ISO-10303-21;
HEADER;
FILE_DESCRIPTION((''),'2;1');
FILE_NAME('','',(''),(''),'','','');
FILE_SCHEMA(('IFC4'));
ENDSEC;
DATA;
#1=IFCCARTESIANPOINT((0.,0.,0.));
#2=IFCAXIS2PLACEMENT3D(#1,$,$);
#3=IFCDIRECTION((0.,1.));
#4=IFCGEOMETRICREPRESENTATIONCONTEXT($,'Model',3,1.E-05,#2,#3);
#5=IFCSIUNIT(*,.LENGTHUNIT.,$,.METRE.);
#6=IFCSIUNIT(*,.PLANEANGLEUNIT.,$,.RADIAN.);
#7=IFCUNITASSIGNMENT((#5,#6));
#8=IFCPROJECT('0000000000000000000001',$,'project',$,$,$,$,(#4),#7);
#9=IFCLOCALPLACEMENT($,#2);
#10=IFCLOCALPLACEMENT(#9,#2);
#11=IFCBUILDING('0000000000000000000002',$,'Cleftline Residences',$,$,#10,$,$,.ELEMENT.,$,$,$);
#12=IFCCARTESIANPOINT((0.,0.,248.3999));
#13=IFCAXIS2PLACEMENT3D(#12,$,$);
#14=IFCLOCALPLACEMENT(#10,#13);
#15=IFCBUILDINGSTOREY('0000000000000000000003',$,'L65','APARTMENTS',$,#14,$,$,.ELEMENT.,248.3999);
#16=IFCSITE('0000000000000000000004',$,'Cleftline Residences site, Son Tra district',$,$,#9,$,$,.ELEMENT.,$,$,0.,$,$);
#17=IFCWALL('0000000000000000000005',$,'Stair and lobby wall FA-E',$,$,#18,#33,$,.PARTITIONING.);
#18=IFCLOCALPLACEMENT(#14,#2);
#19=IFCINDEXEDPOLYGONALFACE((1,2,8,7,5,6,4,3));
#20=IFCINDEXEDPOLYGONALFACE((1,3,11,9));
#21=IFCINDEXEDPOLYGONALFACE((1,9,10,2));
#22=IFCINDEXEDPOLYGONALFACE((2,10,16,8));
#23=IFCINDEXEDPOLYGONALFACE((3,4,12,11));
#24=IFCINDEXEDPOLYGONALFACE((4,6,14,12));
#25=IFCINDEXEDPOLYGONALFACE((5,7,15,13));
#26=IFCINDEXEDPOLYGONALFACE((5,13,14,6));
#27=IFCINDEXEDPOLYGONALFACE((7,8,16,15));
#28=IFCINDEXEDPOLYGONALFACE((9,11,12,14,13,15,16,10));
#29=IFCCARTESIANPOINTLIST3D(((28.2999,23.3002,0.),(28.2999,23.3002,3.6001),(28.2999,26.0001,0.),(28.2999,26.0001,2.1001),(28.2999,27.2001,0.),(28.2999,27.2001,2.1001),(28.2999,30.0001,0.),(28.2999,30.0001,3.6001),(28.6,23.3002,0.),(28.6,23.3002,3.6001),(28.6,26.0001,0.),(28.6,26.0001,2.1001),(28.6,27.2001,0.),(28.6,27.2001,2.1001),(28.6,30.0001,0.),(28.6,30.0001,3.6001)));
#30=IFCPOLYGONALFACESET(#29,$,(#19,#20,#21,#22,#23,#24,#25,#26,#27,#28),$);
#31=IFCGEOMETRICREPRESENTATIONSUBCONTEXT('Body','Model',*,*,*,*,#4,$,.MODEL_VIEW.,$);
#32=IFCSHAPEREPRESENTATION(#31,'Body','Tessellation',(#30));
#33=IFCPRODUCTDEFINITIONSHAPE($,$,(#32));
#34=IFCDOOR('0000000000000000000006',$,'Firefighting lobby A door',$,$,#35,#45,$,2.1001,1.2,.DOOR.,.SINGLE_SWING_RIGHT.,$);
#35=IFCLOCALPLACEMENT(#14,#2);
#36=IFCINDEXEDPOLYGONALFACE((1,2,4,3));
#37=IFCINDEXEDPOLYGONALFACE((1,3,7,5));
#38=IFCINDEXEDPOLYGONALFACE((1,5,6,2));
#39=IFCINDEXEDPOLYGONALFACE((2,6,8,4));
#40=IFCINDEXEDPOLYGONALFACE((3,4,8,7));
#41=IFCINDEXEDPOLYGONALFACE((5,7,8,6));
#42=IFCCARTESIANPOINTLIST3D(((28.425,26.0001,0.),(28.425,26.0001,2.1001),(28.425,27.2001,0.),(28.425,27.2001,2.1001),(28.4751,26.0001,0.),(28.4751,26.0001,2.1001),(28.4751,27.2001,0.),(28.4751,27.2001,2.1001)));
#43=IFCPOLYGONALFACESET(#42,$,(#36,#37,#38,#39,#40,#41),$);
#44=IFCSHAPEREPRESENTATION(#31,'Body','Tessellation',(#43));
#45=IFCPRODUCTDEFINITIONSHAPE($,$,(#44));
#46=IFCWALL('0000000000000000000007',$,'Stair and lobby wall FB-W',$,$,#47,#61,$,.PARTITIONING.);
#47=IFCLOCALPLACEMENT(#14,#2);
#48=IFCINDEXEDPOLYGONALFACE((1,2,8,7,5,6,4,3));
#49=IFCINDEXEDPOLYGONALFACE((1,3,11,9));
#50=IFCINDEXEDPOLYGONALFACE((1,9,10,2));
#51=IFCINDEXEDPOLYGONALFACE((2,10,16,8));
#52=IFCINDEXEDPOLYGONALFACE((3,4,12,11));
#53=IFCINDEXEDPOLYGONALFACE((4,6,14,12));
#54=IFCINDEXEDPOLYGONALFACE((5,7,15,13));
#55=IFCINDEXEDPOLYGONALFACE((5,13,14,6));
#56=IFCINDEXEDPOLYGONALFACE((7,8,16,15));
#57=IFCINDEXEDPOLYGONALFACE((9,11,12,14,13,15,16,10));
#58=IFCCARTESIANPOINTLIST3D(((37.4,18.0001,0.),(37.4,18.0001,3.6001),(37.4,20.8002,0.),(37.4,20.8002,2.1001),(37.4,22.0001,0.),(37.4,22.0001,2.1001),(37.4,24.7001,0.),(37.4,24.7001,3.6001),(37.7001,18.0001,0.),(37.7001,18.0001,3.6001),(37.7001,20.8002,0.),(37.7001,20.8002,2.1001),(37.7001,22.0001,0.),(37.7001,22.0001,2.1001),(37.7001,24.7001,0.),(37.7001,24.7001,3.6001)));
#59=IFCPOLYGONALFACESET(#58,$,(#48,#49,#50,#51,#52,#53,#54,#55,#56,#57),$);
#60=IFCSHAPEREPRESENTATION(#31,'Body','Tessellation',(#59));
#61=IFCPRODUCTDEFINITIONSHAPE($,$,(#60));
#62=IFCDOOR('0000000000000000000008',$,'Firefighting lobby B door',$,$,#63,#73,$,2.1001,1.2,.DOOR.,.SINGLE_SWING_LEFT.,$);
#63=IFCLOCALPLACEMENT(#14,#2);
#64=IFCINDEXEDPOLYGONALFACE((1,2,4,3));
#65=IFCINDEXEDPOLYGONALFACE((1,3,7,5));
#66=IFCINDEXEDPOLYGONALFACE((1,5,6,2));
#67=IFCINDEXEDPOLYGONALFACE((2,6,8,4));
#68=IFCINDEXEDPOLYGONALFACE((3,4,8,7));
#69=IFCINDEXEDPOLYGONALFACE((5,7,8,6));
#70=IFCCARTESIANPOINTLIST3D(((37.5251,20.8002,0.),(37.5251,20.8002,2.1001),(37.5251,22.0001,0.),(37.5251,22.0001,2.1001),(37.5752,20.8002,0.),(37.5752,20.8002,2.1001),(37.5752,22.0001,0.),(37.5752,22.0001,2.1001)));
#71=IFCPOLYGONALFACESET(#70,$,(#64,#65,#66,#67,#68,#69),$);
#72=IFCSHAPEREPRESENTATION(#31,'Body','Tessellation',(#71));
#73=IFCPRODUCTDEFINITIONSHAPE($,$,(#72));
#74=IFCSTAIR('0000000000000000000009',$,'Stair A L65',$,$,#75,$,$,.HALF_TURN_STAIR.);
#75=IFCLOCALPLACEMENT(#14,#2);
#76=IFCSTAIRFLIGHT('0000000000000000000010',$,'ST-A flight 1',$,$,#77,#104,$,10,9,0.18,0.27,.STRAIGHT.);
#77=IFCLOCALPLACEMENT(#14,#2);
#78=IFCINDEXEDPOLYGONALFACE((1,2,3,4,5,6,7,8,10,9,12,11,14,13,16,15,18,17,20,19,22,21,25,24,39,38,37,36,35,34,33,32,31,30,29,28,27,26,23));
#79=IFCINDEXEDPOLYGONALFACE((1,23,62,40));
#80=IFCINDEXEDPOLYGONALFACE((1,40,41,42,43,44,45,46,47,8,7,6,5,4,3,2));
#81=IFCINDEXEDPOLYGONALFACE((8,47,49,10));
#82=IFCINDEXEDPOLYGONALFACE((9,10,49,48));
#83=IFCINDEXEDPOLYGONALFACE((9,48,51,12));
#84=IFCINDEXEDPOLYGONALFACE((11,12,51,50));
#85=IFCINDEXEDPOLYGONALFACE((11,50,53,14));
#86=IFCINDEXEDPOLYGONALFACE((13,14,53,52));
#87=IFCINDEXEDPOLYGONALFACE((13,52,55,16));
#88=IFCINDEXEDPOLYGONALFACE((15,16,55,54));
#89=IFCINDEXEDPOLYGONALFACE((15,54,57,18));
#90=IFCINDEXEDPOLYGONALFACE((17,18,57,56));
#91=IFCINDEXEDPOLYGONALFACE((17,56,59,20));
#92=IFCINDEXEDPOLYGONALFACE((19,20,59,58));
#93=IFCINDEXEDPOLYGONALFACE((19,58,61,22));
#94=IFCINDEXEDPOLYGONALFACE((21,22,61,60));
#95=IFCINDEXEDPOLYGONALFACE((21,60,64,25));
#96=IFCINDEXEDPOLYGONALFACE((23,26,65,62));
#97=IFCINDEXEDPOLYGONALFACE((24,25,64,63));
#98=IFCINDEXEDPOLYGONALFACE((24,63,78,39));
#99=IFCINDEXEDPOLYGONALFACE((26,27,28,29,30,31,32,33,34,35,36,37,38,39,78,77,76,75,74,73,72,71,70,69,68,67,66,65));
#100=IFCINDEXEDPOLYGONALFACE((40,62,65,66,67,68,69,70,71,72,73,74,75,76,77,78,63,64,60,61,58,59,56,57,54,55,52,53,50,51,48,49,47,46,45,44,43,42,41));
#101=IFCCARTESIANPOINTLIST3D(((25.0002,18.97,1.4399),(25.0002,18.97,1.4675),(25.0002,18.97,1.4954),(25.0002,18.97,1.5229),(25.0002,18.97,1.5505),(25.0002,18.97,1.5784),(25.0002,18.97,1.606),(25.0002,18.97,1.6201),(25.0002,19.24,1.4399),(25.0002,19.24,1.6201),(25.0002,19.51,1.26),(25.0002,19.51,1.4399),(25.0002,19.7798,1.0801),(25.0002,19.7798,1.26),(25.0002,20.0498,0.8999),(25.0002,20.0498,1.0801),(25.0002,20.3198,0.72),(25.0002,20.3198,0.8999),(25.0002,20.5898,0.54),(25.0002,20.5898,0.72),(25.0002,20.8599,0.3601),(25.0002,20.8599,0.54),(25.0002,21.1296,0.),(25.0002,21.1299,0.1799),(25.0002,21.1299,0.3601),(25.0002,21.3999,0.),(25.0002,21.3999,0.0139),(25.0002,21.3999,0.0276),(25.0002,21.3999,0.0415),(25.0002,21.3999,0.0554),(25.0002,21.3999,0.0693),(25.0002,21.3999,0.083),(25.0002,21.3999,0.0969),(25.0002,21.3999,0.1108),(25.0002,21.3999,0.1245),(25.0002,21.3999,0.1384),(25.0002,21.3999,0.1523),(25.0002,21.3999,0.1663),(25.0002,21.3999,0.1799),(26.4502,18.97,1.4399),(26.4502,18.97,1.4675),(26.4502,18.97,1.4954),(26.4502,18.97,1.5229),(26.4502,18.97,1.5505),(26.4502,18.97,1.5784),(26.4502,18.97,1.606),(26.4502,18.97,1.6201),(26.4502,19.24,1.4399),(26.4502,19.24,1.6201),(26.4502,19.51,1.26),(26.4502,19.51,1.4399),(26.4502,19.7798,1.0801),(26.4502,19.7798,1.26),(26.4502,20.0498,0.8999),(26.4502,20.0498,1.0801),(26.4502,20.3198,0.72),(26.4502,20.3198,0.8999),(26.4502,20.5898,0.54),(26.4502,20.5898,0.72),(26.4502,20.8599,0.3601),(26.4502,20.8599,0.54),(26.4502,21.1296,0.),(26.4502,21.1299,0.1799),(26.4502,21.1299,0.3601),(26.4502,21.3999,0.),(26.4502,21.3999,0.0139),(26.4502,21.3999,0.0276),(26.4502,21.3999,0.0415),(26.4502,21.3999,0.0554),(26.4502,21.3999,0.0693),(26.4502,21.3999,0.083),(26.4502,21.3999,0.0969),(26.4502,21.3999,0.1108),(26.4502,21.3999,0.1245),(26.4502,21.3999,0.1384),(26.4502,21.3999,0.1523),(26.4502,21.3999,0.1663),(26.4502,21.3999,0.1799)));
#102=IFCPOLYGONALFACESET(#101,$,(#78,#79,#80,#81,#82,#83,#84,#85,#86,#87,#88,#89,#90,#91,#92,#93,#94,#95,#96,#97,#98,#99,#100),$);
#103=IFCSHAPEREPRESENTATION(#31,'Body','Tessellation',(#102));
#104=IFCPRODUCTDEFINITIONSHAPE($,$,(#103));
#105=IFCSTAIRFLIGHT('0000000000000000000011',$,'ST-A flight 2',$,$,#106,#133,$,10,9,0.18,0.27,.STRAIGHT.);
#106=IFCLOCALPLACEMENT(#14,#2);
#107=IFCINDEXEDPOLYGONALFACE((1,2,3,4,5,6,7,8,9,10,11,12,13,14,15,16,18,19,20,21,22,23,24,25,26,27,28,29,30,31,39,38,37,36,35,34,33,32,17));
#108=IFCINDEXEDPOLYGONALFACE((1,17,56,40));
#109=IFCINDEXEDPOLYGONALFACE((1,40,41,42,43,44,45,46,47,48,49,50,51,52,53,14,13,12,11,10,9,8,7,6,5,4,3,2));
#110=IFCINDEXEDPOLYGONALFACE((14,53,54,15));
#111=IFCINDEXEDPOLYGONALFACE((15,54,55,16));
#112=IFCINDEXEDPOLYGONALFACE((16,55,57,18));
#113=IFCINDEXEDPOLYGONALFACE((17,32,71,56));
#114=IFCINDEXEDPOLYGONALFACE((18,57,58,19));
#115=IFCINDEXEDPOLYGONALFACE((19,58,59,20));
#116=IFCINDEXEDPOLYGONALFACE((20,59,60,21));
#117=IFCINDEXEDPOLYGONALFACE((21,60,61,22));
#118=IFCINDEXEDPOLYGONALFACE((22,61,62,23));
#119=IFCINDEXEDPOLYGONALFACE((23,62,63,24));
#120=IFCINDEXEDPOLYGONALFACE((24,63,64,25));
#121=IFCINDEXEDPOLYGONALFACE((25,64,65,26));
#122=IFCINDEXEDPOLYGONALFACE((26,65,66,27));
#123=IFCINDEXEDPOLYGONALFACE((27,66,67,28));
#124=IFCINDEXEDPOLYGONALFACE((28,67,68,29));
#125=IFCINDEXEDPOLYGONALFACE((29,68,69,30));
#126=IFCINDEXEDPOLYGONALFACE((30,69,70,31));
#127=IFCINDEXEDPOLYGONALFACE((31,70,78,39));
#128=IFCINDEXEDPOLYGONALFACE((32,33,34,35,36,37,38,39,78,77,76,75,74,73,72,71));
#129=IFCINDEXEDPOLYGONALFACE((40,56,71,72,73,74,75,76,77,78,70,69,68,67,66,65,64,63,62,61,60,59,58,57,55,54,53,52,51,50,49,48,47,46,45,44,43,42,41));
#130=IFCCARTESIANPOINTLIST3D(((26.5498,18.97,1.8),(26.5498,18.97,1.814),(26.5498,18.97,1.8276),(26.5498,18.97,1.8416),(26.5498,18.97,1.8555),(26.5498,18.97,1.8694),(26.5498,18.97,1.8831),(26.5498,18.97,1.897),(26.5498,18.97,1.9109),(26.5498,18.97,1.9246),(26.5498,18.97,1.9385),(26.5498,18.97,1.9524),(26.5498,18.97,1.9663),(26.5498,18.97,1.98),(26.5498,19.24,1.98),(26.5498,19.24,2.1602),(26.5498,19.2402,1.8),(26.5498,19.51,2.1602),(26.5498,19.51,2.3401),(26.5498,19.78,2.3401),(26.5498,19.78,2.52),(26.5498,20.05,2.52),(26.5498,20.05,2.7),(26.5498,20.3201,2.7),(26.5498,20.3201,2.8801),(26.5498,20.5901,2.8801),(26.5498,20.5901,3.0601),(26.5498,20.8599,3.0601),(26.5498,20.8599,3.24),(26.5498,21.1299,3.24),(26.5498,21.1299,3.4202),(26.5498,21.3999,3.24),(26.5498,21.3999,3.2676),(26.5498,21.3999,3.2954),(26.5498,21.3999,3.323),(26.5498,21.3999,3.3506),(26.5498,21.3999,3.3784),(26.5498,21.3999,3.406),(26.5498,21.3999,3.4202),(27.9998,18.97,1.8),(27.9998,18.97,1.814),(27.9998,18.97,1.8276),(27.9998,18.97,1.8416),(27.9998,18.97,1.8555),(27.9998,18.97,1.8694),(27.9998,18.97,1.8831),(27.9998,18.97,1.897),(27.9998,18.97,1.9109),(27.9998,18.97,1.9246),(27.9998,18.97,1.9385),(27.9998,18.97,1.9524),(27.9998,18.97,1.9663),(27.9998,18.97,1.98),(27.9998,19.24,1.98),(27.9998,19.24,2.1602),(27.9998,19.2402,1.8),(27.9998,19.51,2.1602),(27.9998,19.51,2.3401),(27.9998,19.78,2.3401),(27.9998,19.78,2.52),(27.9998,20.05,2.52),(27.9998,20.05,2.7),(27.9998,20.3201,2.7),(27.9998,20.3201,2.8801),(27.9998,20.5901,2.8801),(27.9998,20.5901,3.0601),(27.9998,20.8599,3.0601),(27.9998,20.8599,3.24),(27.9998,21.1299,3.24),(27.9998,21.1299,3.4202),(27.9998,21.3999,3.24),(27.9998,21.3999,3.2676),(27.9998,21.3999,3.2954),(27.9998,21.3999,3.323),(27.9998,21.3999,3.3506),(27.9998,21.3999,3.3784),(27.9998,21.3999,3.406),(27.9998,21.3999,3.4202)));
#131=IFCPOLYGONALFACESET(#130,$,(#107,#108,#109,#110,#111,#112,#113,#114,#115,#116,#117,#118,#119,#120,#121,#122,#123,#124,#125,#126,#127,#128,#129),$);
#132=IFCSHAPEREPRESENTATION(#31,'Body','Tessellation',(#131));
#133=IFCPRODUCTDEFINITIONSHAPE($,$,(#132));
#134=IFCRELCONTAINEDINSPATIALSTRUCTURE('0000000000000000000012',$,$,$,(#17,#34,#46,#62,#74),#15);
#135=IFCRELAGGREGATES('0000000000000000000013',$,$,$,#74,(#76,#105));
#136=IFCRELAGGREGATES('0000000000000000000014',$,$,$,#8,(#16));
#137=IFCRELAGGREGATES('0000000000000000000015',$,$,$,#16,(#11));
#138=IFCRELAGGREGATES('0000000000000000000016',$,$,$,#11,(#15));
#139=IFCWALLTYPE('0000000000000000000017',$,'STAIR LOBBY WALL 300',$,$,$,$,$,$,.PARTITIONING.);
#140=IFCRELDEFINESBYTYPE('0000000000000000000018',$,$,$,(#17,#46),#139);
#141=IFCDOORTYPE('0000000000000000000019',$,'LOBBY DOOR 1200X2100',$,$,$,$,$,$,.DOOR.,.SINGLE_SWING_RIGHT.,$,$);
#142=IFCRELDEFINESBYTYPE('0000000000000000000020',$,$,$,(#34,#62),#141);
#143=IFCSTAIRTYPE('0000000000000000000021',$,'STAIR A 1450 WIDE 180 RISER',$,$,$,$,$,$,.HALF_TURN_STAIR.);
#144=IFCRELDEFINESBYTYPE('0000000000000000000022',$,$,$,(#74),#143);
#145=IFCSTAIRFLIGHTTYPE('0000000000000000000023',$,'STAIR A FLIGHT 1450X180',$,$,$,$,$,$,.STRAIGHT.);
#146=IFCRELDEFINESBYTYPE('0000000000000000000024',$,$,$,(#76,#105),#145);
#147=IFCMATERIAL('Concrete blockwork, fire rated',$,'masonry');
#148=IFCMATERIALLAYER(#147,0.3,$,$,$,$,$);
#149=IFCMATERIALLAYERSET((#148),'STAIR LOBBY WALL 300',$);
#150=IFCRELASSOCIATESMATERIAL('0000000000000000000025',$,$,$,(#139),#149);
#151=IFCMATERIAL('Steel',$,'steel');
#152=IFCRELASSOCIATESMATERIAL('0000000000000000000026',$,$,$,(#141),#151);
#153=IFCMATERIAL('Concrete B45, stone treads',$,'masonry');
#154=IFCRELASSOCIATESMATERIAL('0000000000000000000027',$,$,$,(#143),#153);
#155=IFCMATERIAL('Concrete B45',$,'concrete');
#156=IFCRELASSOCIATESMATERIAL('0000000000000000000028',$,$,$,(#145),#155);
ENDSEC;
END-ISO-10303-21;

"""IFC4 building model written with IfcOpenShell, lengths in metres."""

from ifc_helpers import new_model, si_unit, direction, frame, frame_2d, origin, place, context, subcontext, project, spatial, polyline, rectangle, outline, extrude, material, layer, layer_set, type_object, element, fill, aggregate, save


model = new_model("IFC4")

# Units and contexts
model_context = context("Model", 3, precision=1e-05, world=origin(), true_north=direction((0.0, 1.0)))
body_context = subcontext(model_context, "Body", "Model", "MODEL_VIEW")
ifc_project = project(units=[si_unit("LENGTHUNIT", "METRE"), si_unit("PLANEANGLEUNIT", "RADIAN")], contexts=[model_context])

# Site, building, storey
site_placement = place(None, origin())
site = spatial("IfcSite", under=ifc_project, at=site_placement, Name="Cleftline Residences site, Son Tra district", CompositionType="ELEMENT", RefElevation=0.0)
building_placement = place(site_placement, origin())
building = spatial("IfcBuilding", under=site, at=building_placement, Name="Cleftline Residences", CompositionType="ELEMENT")
storey_placement = place(building_placement, frame((0.0, 0.0, 248.3999)))
storey = spatial("IfcBuildingStorey", under=building, at=storey_placement, Name="L65", Description="APARTMENTS", CompositionType="ELEMENT", Elevation=248.3999)

# Walls, openings, doors
ifc_material_1 = material(Name="Concrete blockwork, fire rated", Category="masonry")
ifc_layer_1 = layer(ifc_material_1, 0.3)
ifc_layer_set_1 = layer_set([ifc_layer_1], Name="STAIR LOBBY WALL 300")
wall_type_1 = type_object("IfcWallType", Name="STAIR LOBBY WALL 300", PredefinedType="PARTITIONING", material=ifc_layer_set_1)
wall_1_placement = place(storey_placement, frame((28.45, 23.3, 0.0), z_axis=(0.0, 0.0, 1.0), x_axis=(0.0, 1.0, 0.0)))
wall_1 = element("IfcWall", 1, at=wall_1_placement, inside=storey, type_object=wall_type_1, Name="Stair and lobby wall FA-E", PredefinedType="PARTITIONING", context=body_context, shape_type="SweptSolid", body=[
    extrude(rectangle(XDim=6.7, YDim=0.3, at=frame_2d((3.3501, 0.0))), origin(), (0.0, 0.0, 1.0), 3.6001),
])
opening_1_placement = place(wall_1_placement, frame((2.7, 0.0, 0.0)))
opening_1 = element("IfcOpeningElement", 2, at=opening_1_placement, cuts=wall_1, PredefinedType="OPENING", context=body_context, shape_type="SweptSolid", body=[
    extrude(rectangle(XDim=1.2, YDim=2.1001, at=frame_2d((0.6001, 1.05))), frame((0.0, 0.1599, 0.0), z_axis=(0.0, -1.0, 0.0), x_axis=(1.0, 0.0, 0.0)), (0.0, 0.0, 1.0), 0.3201),
])
ifc_material_2 = material(Name="Steel", Category="steel")
door_type_1 = type_object("IfcDoorType", Name="LOBBY DOOR 1200X2100", OperationType="SINGLE_SWING_RIGHT", PredefinedType="DOOR", material=ifc_material_2)
door_1_placement = place(opening_1_placement, origin())
door_1 = element("IfcDoor", 3, at=door_1_placement, inside=storey, type_object=door_type_1, Name="Firefighting lobby A door", OperationType="SINGLE_SWING_RIGHT", OverallHeight=2.1001, OverallWidth=1.2, PredefinedType="DOOR", context=body_context, shape_type="SweptSolid", body=[
    extrude(rectangle(XDim=1.2, YDim=2.1001, at=frame_2d((0.6001, 1.05))), frame((0.0, 0.0249, 0.0), z_axis=(0.0, -1.0, 0.0), x_axis=(1.0, 0.0, 0.0)), (0.0, 0.0, 1.0), 0.05),
])
fill(opening_1, door_1)
wall_2_placement = place(storey_placement, frame((37.55, 18.0, 0.0), z_axis=(0.0, 0.0, 1.0), x_axis=(0.0, 1.0, 0.0)))
wall_2 = element("IfcWall", 4, at=wall_2_placement, inside=storey, type_object=wall_type_1, Name="Stair and lobby wall FB-W", PredefinedType="PARTITIONING", context=body_context, shape_type="SweptSolid", body=[
    extrude(rectangle(XDim=6.7, YDim=0.3, at=frame_2d((3.3501, 0.0))), origin(), (0.0, 0.0, 1.0), 3.6001),
])
opening_2_placement = place(wall_2_placement, frame((2.8, 0.0, 0.0)))
opening_2 = element("IfcOpeningElement", 5, at=opening_2_placement, cuts=wall_2, PredefinedType="OPENING", context=body_context, shape_type="SweptSolid", body=[
    extrude(rectangle(XDim=1.2, YDim=2.1001, at=frame_2d((0.6001, 1.05))), frame((0.0, 0.1599, 0.0), z_axis=(0.0, -1.0, 0.0), x_axis=(1.0, 0.0, 0.0)), (0.0, 0.0, 1.0), 0.3201),
])
door_2_placement = place(opening_2_placement, origin())
door_2 = element("IfcDoor", 6, at=door_2_placement, inside=storey, type_object=door_type_1, Name="Firefighting lobby B door", OperationType="SINGLE_SWING_LEFT", OverallHeight=2.1001, OverallWidth=1.2, PredefinedType="DOOR", context=body_context, shape_type="SweptSolid", body=[
    extrude(rectangle(XDim=1.2, YDim=2.1001, at=frame_2d((0.6001, 1.05))), frame((0.0, 0.0249, 0.0), z_axis=(0.0, -1.0, 0.0), x_axis=(1.0, 0.0, 0.0)), (0.0, 0.0, 1.0), 0.05),
])
fill(opening_2, door_2)

# Stair, stair flights
ifc_material_3 = material(Name="Concrete B45, stone treads", Category="masonry")
stair_type = type_object("IfcStairType", Name="STAIR A 1450 WIDE 180 RISER", PredefinedType="HALF_TURN_STAIR", material=ifc_material_3)
stair_placement = place(storey_placement, origin())
stair = element("IfcStair", 7, at=stair_placement, inside=storey, type_object=stair_type, Name="Stair A L65", PredefinedType="HALF_TURN_STAIR")
ifc_material_4 = material(Name="Concrete B45", Category="concrete")
stair_flight_type = type_object("IfcStairFlightType", Name="STAIR A FLIGHT 1450X180", PredefinedType="STRAIGHT", material=ifc_material_4)
stair_flight_1_placement = place(storey_placement, frame((25.7251, 21.3999, 0.0), z_axis=(0.0, 0.0, 1.0), x_axis=(0.0, -1.0, 0.0)))
stair_flight_1 = element("IfcStairFlight", 8, at=stair_flight_1_placement, type_object=stair_flight_type, Name="ST-A flight 1", NumberOfRisers=10, NumberOfTreads=9, PredefinedType="STRAIGHT", RiserHeight=0.18, TreadLength=0.27, context=body_context, shape_type="SweptSolid", body=[
    extrude(outline(polyline([(0.0, 0.0), (0.0, 0.0139), (0.0, 0.0276), (0.0, 0.0415), (0.0, 0.0554), (0.0, 0.0693), (0.0, 0.083), (0.0, 0.0969), (0.0, 0.1108), (0.0, 0.1245), (0.0, 0.1384), (0.0, 0.1523), (0.0, 0.1663), (0.0, 0.1799), (0.27, 0.1799), (0.27, 0.3601), (0.54, 0.3601), (0.54, 0.54), (0.8101, 0.54), (0.8101, 0.72), (1.0801, 0.72), (1.0801, 0.8999), (1.3501, 0.8999), (1.3501, 1.0801), (1.6201, 1.0801), (1.6201, 1.26), (1.8899, 1.26), (1.8899, 1.4399), (2.1599, 1.4399), (2.1599, 1.6201), (2.4299, 1.6201), (2.4299, 1.8), (2.4299, 1.7722), (2.4299, 1.7446), (2.4299, 1.7168), (2.4299, 1.6892), (2.4299, 1.6614), (2.4299, 1.6338), (2.4299, 1.606), (2.4299, 1.5784), (2.4299, 1.5505), (2.4299, 1.5229), (2.4299, 1.4954), (2.4299, 1.4675), (2.4299, 1.4399), (0.2703, 0.0), (0.0, 0.0)])), frame((0.0, 0.7251, 0.0), z_axis=(0.0, -1.0, 0.0), x_axis=(1.0, 0.0, 0.0)), (0.0, 0.0, 1.0), 1.45),
])
stair_flight_2_placement = place(storey_placement, frame((27.2749, 18.97, 1.8), z_axis=(0.0, 0.0, 1.0), x_axis=(0.0, 1.0, 0.0)))
stair_flight_2 = element("IfcStairFlight", 9, at=stair_flight_2_placement, type_object=stair_flight_type, Name="ST-A flight 2", NumberOfRisers=10, NumberOfTreads=9, PredefinedType="STRAIGHT", RiserHeight=0.18, TreadLength=0.27, context=body_context, shape_type="SweptSolid", body=[
    extrude(outline(polyline([(0.0, 0.0), (0.0, 0.0139), (0.0, 0.0276), (0.0, 0.0415), (0.0, 0.0554), (0.0, 0.0693), (0.0, 0.083), (0.0, 0.0969), (0.0, 0.1108), (0.0, 0.1245), (0.0, 0.1384), (0.0, 0.1523), (0.0, 0.1663), (0.0, 0.1799), (0.27, 0.1799), (0.27, 0.3601), (0.54, 0.3601), (0.54, 0.54), (0.8101, 0.54), (0.8101, 0.72), (1.0801, 0.72), (1.0801, 0.8999), (1.3501, 0.8999), (1.3501, 1.0801), (1.6201, 1.0801), (1.6201, 1.26), (1.8899, 1.26), (1.8899, 1.4399), (2.1599, 1.4399), (2.1599, 1.6201), (2.4299, 1.6201), (2.4299, 1.8), (2.4299, 1.7722), (2.4299, 1.7446), (2.4299, 1.7168), (2.4299, 1.6892), (2.4299, 1.6614), (2.4299, 1.6338), (2.4299, 1.606), (2.4299, 1.5784), (2.4299, 1.5505), (2.4299, 1.5229), (2.4299, 1.4954), (2.4299, 1.4675), (2.4299, 1.4399), (0.2703, 0.0), (0.0, 0.0)])), frame((0.0, 0.7251, 0.0), z_axis=(0.0, -1.0, 0.0), x_axis=(1.0, 0.0, 0.0)), (0.0, 0.0, 1.0), 1.45),
])
aggregate(stair, [stair_flight_1, stair_flight_2])

save(model, "model.ifc")
